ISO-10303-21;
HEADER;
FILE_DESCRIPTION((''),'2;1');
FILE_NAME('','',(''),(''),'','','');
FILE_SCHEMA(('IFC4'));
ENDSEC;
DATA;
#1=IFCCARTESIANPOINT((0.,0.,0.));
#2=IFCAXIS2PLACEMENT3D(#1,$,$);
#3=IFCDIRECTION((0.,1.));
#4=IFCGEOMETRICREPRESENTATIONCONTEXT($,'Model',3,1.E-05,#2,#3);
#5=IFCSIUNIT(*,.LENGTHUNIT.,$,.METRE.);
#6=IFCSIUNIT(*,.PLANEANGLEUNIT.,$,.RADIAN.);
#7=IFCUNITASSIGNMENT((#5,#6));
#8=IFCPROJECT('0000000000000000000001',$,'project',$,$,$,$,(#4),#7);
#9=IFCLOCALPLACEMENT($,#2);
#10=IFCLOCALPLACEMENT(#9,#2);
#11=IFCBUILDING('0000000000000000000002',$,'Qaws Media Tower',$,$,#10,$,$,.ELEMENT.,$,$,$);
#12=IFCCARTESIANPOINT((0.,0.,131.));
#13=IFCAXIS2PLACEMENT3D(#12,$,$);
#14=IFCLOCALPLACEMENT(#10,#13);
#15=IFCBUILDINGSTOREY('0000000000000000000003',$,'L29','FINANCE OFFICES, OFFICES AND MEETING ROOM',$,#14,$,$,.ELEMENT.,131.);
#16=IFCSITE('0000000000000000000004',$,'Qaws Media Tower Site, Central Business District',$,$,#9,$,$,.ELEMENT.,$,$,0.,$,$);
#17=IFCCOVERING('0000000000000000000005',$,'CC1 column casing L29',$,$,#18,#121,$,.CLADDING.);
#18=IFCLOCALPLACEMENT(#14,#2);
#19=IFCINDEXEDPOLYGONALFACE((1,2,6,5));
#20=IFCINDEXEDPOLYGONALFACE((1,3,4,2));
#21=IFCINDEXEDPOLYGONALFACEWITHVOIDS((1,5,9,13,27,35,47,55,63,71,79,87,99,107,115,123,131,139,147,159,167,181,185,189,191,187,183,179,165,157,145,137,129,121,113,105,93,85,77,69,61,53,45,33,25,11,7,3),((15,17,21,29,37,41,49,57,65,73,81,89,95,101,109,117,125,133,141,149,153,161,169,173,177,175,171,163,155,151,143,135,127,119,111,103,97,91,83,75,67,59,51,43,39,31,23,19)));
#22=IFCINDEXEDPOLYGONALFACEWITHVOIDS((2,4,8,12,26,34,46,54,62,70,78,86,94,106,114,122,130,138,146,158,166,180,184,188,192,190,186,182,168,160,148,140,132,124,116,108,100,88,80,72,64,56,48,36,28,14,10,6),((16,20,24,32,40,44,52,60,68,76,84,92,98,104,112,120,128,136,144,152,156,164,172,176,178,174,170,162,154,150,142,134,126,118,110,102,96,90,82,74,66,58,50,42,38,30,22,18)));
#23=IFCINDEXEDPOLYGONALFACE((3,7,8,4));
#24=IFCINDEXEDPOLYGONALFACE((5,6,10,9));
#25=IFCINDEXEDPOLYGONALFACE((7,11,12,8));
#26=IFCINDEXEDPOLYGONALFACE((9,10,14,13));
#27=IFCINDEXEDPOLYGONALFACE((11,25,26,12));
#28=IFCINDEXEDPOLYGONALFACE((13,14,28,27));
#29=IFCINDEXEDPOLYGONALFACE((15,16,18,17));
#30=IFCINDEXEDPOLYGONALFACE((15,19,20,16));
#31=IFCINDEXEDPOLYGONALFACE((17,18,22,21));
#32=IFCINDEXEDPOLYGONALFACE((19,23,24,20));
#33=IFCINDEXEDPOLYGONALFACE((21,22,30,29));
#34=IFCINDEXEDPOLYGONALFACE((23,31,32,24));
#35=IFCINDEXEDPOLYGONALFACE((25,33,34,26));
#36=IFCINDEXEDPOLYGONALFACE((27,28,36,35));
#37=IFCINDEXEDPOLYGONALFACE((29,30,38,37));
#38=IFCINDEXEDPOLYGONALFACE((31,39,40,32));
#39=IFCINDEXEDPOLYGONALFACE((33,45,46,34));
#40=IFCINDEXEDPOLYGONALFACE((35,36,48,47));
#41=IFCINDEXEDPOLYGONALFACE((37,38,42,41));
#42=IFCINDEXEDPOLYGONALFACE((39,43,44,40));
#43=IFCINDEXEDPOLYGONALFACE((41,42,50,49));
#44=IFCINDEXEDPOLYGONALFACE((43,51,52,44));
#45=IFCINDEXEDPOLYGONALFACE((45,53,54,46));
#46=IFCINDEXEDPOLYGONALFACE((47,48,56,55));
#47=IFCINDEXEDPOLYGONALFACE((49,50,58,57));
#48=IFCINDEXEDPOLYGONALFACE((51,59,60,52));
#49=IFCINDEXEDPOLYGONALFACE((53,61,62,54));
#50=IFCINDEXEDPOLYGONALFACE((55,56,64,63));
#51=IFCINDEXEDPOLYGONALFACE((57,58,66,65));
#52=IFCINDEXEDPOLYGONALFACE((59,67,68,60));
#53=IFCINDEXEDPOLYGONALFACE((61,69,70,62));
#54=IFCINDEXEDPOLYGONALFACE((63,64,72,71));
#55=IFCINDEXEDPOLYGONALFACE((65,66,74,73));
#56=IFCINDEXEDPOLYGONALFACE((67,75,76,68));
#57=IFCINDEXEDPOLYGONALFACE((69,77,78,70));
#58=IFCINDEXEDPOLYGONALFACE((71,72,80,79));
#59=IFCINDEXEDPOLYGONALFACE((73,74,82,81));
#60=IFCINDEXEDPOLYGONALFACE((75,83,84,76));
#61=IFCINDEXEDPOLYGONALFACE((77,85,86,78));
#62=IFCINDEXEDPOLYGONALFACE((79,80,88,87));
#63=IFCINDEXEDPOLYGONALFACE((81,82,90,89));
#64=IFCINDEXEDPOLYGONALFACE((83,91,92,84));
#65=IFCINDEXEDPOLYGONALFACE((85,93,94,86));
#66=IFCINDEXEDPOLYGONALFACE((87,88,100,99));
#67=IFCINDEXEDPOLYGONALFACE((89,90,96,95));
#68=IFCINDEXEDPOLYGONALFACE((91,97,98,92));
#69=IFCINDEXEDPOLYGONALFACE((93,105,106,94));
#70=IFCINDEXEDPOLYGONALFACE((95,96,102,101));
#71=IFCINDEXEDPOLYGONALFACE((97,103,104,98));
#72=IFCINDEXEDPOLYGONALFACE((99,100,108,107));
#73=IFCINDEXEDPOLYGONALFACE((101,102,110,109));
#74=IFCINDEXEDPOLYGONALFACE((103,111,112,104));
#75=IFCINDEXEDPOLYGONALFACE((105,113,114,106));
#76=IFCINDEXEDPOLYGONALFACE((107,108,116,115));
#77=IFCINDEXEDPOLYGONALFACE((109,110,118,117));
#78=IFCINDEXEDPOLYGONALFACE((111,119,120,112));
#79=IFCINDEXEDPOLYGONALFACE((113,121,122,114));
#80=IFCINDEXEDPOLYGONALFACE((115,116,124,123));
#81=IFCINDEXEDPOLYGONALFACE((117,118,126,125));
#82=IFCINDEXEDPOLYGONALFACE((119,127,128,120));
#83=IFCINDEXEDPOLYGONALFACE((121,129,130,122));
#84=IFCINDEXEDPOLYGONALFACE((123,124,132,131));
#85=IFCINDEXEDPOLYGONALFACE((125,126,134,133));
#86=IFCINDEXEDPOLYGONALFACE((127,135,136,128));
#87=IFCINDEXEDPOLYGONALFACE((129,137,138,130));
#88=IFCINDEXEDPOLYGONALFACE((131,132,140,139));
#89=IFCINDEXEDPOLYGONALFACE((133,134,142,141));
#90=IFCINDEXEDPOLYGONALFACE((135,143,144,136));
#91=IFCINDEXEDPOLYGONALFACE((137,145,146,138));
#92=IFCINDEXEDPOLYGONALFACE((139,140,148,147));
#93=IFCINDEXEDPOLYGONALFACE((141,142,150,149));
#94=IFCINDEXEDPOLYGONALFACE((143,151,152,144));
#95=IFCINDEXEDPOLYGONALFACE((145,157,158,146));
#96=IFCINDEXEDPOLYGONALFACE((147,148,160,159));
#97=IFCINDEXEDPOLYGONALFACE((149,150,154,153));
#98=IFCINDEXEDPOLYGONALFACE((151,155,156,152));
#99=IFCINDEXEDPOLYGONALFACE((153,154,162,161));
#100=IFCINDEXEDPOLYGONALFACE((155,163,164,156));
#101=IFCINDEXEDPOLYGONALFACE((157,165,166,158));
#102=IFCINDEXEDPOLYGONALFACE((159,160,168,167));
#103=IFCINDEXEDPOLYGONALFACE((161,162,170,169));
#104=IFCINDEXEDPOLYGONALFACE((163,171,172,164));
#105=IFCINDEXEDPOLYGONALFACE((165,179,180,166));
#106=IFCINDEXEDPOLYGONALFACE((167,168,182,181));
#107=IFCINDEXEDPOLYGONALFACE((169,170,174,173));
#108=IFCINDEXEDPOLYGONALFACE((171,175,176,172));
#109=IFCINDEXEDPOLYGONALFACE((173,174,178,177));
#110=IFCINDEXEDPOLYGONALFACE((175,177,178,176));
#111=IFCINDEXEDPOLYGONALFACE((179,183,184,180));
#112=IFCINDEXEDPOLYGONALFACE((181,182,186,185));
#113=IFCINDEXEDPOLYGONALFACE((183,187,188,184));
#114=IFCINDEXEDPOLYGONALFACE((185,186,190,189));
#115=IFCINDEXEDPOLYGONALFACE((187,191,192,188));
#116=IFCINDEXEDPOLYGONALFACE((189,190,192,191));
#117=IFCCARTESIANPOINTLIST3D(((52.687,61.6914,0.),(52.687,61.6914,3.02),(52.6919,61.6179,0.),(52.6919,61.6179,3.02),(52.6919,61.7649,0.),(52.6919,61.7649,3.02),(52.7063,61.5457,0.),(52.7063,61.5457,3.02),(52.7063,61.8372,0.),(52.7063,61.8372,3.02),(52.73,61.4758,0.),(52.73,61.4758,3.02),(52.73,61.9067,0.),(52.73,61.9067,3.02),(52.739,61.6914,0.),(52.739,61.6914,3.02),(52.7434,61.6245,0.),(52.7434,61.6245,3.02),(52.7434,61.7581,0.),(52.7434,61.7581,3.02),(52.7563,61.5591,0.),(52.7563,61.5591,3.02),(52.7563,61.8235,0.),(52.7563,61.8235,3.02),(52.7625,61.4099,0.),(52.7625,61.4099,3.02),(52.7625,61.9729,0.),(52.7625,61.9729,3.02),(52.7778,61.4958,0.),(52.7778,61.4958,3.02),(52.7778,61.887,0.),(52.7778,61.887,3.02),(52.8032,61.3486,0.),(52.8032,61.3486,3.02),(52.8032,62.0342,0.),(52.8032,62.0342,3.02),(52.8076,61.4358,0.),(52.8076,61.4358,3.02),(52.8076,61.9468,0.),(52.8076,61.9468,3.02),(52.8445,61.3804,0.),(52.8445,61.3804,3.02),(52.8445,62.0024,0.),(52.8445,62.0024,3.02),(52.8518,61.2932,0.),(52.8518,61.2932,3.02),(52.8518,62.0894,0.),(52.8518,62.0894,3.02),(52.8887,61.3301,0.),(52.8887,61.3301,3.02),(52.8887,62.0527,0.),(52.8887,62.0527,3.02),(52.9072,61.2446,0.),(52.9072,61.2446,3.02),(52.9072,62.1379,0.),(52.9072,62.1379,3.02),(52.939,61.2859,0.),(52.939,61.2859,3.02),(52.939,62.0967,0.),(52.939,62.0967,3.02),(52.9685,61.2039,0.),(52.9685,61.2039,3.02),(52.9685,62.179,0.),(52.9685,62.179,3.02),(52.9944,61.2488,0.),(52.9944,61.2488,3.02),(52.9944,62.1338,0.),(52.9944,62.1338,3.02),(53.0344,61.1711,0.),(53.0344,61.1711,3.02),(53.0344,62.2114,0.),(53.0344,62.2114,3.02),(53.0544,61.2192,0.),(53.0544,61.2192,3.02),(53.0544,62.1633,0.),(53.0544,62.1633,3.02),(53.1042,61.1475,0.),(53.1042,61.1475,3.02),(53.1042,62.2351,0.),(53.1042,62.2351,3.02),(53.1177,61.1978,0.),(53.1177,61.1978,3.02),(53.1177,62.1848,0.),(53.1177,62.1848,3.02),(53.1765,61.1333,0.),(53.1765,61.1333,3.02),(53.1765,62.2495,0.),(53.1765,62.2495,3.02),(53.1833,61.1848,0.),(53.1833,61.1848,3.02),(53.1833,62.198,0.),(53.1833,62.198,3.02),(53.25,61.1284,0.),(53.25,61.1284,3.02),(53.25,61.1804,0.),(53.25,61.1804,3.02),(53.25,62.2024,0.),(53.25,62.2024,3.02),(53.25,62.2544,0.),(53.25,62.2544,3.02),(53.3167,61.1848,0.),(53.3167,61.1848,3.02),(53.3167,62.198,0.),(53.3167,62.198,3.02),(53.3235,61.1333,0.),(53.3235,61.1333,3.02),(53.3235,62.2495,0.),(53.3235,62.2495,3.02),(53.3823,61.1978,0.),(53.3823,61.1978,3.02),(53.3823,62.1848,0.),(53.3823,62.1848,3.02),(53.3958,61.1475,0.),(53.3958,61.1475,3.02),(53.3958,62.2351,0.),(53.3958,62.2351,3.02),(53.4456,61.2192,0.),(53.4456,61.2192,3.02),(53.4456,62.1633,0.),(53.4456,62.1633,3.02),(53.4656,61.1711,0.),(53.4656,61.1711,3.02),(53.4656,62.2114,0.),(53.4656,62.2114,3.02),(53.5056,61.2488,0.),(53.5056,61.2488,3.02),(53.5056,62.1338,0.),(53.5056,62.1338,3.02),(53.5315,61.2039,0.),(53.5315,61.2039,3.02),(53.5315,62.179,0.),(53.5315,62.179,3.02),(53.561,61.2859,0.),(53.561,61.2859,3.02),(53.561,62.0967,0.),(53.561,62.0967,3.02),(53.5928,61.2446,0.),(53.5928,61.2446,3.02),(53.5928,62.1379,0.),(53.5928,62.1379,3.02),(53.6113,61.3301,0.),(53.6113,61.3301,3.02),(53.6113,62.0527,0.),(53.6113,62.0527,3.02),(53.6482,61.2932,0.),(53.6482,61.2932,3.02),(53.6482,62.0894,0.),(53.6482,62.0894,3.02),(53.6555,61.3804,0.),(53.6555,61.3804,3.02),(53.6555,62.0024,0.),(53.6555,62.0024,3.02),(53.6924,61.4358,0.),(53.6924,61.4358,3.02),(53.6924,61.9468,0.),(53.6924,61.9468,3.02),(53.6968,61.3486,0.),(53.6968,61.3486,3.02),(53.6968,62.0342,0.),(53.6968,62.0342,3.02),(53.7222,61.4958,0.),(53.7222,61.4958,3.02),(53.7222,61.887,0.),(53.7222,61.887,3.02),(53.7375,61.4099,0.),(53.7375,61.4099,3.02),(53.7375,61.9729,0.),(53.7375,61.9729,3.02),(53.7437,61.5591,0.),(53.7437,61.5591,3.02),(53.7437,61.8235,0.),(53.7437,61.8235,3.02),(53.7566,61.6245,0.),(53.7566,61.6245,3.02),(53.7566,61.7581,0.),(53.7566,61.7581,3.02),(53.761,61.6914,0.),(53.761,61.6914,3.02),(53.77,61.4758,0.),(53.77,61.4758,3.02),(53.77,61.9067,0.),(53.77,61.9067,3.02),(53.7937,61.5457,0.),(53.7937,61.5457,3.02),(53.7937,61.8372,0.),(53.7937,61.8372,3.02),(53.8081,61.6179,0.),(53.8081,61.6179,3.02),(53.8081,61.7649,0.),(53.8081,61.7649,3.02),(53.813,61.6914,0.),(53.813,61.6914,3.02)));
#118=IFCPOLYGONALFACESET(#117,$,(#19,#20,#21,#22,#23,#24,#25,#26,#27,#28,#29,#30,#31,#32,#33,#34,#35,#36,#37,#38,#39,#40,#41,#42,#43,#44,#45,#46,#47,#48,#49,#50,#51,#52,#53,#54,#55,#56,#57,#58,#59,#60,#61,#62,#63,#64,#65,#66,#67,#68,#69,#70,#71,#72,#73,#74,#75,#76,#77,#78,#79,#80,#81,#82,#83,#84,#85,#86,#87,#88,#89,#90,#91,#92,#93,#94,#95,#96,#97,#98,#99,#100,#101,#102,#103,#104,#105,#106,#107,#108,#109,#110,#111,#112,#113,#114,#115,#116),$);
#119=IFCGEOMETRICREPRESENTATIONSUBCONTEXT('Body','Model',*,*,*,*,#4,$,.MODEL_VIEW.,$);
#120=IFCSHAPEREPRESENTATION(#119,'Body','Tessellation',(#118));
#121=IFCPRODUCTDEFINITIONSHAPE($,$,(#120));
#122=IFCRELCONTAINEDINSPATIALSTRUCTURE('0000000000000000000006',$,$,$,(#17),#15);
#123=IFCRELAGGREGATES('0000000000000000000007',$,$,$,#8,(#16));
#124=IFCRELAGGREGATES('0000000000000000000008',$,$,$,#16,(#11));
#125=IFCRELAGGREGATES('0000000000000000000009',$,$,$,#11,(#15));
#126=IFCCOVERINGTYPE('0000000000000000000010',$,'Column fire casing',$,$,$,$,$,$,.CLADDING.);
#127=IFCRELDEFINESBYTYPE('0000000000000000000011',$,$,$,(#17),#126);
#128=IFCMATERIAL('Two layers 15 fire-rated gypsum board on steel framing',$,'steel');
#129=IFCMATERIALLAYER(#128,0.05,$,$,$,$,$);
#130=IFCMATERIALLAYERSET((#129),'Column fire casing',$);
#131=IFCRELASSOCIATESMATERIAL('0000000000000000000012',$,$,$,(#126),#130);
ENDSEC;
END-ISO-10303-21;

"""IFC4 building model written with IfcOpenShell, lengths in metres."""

from ifc_helpers import new_model, si_unit, direction, frame, origin, place, context, subcontext, project, spatial, polyline, outline, extrude, material, layer, layer_set, type_object, element, save


model = new_model("IFC4")

# Units and contexts
model_context = context("Model", 3, precision=1e-05, world=origin(), true_north=direction((0.0, 1.0)))
body_context = subcontext(model_context, "Body", "Model", "MODEL_VIEW")
ifc_project = project(units=[si_unit("LENGTHUNIT", "METRE"), si_unit("PLANEANGLEUNIT", "RADIAN")], contexts=[model_context])

# Site, building, storey
site_placement = place(None, origin())
site = spatial("IfcSite", under=ifc_project, at=site_placement, Name="Qaws Media Tower Site, Central Business District", CompositionType="ELEMENT", RefElevation=0.0)
building_placement = place(site_placement, origin())
building = spatial("IfcBuilding", under=site, at=building_placement, Name="Qaws Media Tower", CompositionType="ELEMENT")
storey_placement = place(building_placement, frame((0.0, 0.0, 131.0)))
storey = spatial("IfcBuildingStorey", under=building, at=storey_placement, Name="L29", Description="FINANCE OFFICES, OFFICES AND MEETING ROOM", CompositionType="ELEMENT", Elevation=131.0)

# Covering
ifc_material_1 = material(Name="Two layers 15 fire-rated gypsum board on steel framing", Category="steel")
ifc_layer_1 = layer(ifc_material_1, 0.05)
ifc_layer_set_1 = layer_set([ifc_layer_1], Name="Column fire casing")
covering_type = type_object("IfcCoveringType", Name="Column fire casing", PredefinedType="CLADDING", material=ifc_layer_set_1)
covering_placement = place(storey_placement, origin())
element("IfcCovering", 1, at=covering_placement, inside=storey, type_object=covering_type, Name="CC1 column casing L29", PredefinedType="CLADDING", context=body_context, shape_type="SweptSolid", body=[
    extrude(outline(polyline([(53.813, 61.6914), (53.8081, 61.6179), (53.7937, 61.5457), (53.77, 61.4758), (53.7375, 61.4099), (53.6968, 61.3486), (53.6482, 61.2932), (53.5928, 61.2446), (53.5315, 61.2039), (53.4656, 61.1711), (53.3958, 61.1475), (53.3235, 61.1333), (53.25, 61.1284), (53.1765, 61.1333), (53.1042, 61.1475), (53.0344, 61.1711), (52.9685, 61.2039), (52.9072, 61.2446), (52.8518, 61.2932), (52.8032, 61.3486), (52.7625, 61.4099), (52.73, 61.4758), (52.7063, 61.5457), (52.6919, 61.6179), (52.687, 61.6914), (52.6919, 61.7649), (52.7063, 61.8372), (52.73, 61.9067), (52.7625, 61.9729), (52.8032, 62.0342), (52.8518, 62.0894), (52.9072, 62.1379), (52.9685, 62.179), (53.0344, 62.2114), (53.1042, 62.2351), (53.1765, 62.2495), (53.25, 62.2544), (53.3235, 62.2495), (53.3958, 62.2351), (53.4656, 62.2114), (53.5315, 62.179), (53.5928, 62.1379), (53.6482, 62.0894), (53.6968, 62.0342), (53.7375, 61.9729), (53.77, 61.9067), (53.7937, 61.8372), (53.8081, 61.7649), (53.813, 61.6914)]), holes=[polyline([(53.761, 61.6914), (53.7566, 61.6245), (53.7437, 61.5591), (53.7222, 61.4958), (53.6924, 61.4358), (53.6555, 61.3804), (53.6113, 61.3301), (53.561, 61.2859), (53.5056, 61.2488), (53.4456, 61.2192), (53.3823, 61.1978), (53.3167, 61.1848), (53.25, 61.1804), (53.1833, 61.1848), (53.1177, 61.1978), (53.0544, 61.2192), (52.9944, 61.2488), (52.939, 61.2859), (52.8887, 61.3301), (52.8445, 61.3804), (52.8076, 61.4358), (52.7778, 61.4958), (52.7563, 61.5591), (52.7434, 61.6245), (52.739, 61.6914), (52.7434, 61.7581), (52.7563, 61.8235), (52.7778, 61.887), (52.8076, 61.9468), (52.8445, 62.0024), (52.8887, 62.0527), (52.939, 62.0967), (52.9944, 62.1338), (53.0544, 62.1633), (53.1177, 62.1848), (53.1833, 62.198), (53.25, 62.2024), (53.3167, 62.198), (53.3823, 62.1848), (53.4456, 62.1633), (53.5056, 62.1338), (53.561, 62.0967), (53.6113, 62.0527), (53.6555, 62.0024), (53.6924, 61.9468), (53.7222, 61.887), (53.7437, 61.8235), (53.7566, 61.7581), (53.761, 61.6914)])]), origin(), (0.0, 0.0, 1.0), 3.02),
])

save(model, "model.ifc")
